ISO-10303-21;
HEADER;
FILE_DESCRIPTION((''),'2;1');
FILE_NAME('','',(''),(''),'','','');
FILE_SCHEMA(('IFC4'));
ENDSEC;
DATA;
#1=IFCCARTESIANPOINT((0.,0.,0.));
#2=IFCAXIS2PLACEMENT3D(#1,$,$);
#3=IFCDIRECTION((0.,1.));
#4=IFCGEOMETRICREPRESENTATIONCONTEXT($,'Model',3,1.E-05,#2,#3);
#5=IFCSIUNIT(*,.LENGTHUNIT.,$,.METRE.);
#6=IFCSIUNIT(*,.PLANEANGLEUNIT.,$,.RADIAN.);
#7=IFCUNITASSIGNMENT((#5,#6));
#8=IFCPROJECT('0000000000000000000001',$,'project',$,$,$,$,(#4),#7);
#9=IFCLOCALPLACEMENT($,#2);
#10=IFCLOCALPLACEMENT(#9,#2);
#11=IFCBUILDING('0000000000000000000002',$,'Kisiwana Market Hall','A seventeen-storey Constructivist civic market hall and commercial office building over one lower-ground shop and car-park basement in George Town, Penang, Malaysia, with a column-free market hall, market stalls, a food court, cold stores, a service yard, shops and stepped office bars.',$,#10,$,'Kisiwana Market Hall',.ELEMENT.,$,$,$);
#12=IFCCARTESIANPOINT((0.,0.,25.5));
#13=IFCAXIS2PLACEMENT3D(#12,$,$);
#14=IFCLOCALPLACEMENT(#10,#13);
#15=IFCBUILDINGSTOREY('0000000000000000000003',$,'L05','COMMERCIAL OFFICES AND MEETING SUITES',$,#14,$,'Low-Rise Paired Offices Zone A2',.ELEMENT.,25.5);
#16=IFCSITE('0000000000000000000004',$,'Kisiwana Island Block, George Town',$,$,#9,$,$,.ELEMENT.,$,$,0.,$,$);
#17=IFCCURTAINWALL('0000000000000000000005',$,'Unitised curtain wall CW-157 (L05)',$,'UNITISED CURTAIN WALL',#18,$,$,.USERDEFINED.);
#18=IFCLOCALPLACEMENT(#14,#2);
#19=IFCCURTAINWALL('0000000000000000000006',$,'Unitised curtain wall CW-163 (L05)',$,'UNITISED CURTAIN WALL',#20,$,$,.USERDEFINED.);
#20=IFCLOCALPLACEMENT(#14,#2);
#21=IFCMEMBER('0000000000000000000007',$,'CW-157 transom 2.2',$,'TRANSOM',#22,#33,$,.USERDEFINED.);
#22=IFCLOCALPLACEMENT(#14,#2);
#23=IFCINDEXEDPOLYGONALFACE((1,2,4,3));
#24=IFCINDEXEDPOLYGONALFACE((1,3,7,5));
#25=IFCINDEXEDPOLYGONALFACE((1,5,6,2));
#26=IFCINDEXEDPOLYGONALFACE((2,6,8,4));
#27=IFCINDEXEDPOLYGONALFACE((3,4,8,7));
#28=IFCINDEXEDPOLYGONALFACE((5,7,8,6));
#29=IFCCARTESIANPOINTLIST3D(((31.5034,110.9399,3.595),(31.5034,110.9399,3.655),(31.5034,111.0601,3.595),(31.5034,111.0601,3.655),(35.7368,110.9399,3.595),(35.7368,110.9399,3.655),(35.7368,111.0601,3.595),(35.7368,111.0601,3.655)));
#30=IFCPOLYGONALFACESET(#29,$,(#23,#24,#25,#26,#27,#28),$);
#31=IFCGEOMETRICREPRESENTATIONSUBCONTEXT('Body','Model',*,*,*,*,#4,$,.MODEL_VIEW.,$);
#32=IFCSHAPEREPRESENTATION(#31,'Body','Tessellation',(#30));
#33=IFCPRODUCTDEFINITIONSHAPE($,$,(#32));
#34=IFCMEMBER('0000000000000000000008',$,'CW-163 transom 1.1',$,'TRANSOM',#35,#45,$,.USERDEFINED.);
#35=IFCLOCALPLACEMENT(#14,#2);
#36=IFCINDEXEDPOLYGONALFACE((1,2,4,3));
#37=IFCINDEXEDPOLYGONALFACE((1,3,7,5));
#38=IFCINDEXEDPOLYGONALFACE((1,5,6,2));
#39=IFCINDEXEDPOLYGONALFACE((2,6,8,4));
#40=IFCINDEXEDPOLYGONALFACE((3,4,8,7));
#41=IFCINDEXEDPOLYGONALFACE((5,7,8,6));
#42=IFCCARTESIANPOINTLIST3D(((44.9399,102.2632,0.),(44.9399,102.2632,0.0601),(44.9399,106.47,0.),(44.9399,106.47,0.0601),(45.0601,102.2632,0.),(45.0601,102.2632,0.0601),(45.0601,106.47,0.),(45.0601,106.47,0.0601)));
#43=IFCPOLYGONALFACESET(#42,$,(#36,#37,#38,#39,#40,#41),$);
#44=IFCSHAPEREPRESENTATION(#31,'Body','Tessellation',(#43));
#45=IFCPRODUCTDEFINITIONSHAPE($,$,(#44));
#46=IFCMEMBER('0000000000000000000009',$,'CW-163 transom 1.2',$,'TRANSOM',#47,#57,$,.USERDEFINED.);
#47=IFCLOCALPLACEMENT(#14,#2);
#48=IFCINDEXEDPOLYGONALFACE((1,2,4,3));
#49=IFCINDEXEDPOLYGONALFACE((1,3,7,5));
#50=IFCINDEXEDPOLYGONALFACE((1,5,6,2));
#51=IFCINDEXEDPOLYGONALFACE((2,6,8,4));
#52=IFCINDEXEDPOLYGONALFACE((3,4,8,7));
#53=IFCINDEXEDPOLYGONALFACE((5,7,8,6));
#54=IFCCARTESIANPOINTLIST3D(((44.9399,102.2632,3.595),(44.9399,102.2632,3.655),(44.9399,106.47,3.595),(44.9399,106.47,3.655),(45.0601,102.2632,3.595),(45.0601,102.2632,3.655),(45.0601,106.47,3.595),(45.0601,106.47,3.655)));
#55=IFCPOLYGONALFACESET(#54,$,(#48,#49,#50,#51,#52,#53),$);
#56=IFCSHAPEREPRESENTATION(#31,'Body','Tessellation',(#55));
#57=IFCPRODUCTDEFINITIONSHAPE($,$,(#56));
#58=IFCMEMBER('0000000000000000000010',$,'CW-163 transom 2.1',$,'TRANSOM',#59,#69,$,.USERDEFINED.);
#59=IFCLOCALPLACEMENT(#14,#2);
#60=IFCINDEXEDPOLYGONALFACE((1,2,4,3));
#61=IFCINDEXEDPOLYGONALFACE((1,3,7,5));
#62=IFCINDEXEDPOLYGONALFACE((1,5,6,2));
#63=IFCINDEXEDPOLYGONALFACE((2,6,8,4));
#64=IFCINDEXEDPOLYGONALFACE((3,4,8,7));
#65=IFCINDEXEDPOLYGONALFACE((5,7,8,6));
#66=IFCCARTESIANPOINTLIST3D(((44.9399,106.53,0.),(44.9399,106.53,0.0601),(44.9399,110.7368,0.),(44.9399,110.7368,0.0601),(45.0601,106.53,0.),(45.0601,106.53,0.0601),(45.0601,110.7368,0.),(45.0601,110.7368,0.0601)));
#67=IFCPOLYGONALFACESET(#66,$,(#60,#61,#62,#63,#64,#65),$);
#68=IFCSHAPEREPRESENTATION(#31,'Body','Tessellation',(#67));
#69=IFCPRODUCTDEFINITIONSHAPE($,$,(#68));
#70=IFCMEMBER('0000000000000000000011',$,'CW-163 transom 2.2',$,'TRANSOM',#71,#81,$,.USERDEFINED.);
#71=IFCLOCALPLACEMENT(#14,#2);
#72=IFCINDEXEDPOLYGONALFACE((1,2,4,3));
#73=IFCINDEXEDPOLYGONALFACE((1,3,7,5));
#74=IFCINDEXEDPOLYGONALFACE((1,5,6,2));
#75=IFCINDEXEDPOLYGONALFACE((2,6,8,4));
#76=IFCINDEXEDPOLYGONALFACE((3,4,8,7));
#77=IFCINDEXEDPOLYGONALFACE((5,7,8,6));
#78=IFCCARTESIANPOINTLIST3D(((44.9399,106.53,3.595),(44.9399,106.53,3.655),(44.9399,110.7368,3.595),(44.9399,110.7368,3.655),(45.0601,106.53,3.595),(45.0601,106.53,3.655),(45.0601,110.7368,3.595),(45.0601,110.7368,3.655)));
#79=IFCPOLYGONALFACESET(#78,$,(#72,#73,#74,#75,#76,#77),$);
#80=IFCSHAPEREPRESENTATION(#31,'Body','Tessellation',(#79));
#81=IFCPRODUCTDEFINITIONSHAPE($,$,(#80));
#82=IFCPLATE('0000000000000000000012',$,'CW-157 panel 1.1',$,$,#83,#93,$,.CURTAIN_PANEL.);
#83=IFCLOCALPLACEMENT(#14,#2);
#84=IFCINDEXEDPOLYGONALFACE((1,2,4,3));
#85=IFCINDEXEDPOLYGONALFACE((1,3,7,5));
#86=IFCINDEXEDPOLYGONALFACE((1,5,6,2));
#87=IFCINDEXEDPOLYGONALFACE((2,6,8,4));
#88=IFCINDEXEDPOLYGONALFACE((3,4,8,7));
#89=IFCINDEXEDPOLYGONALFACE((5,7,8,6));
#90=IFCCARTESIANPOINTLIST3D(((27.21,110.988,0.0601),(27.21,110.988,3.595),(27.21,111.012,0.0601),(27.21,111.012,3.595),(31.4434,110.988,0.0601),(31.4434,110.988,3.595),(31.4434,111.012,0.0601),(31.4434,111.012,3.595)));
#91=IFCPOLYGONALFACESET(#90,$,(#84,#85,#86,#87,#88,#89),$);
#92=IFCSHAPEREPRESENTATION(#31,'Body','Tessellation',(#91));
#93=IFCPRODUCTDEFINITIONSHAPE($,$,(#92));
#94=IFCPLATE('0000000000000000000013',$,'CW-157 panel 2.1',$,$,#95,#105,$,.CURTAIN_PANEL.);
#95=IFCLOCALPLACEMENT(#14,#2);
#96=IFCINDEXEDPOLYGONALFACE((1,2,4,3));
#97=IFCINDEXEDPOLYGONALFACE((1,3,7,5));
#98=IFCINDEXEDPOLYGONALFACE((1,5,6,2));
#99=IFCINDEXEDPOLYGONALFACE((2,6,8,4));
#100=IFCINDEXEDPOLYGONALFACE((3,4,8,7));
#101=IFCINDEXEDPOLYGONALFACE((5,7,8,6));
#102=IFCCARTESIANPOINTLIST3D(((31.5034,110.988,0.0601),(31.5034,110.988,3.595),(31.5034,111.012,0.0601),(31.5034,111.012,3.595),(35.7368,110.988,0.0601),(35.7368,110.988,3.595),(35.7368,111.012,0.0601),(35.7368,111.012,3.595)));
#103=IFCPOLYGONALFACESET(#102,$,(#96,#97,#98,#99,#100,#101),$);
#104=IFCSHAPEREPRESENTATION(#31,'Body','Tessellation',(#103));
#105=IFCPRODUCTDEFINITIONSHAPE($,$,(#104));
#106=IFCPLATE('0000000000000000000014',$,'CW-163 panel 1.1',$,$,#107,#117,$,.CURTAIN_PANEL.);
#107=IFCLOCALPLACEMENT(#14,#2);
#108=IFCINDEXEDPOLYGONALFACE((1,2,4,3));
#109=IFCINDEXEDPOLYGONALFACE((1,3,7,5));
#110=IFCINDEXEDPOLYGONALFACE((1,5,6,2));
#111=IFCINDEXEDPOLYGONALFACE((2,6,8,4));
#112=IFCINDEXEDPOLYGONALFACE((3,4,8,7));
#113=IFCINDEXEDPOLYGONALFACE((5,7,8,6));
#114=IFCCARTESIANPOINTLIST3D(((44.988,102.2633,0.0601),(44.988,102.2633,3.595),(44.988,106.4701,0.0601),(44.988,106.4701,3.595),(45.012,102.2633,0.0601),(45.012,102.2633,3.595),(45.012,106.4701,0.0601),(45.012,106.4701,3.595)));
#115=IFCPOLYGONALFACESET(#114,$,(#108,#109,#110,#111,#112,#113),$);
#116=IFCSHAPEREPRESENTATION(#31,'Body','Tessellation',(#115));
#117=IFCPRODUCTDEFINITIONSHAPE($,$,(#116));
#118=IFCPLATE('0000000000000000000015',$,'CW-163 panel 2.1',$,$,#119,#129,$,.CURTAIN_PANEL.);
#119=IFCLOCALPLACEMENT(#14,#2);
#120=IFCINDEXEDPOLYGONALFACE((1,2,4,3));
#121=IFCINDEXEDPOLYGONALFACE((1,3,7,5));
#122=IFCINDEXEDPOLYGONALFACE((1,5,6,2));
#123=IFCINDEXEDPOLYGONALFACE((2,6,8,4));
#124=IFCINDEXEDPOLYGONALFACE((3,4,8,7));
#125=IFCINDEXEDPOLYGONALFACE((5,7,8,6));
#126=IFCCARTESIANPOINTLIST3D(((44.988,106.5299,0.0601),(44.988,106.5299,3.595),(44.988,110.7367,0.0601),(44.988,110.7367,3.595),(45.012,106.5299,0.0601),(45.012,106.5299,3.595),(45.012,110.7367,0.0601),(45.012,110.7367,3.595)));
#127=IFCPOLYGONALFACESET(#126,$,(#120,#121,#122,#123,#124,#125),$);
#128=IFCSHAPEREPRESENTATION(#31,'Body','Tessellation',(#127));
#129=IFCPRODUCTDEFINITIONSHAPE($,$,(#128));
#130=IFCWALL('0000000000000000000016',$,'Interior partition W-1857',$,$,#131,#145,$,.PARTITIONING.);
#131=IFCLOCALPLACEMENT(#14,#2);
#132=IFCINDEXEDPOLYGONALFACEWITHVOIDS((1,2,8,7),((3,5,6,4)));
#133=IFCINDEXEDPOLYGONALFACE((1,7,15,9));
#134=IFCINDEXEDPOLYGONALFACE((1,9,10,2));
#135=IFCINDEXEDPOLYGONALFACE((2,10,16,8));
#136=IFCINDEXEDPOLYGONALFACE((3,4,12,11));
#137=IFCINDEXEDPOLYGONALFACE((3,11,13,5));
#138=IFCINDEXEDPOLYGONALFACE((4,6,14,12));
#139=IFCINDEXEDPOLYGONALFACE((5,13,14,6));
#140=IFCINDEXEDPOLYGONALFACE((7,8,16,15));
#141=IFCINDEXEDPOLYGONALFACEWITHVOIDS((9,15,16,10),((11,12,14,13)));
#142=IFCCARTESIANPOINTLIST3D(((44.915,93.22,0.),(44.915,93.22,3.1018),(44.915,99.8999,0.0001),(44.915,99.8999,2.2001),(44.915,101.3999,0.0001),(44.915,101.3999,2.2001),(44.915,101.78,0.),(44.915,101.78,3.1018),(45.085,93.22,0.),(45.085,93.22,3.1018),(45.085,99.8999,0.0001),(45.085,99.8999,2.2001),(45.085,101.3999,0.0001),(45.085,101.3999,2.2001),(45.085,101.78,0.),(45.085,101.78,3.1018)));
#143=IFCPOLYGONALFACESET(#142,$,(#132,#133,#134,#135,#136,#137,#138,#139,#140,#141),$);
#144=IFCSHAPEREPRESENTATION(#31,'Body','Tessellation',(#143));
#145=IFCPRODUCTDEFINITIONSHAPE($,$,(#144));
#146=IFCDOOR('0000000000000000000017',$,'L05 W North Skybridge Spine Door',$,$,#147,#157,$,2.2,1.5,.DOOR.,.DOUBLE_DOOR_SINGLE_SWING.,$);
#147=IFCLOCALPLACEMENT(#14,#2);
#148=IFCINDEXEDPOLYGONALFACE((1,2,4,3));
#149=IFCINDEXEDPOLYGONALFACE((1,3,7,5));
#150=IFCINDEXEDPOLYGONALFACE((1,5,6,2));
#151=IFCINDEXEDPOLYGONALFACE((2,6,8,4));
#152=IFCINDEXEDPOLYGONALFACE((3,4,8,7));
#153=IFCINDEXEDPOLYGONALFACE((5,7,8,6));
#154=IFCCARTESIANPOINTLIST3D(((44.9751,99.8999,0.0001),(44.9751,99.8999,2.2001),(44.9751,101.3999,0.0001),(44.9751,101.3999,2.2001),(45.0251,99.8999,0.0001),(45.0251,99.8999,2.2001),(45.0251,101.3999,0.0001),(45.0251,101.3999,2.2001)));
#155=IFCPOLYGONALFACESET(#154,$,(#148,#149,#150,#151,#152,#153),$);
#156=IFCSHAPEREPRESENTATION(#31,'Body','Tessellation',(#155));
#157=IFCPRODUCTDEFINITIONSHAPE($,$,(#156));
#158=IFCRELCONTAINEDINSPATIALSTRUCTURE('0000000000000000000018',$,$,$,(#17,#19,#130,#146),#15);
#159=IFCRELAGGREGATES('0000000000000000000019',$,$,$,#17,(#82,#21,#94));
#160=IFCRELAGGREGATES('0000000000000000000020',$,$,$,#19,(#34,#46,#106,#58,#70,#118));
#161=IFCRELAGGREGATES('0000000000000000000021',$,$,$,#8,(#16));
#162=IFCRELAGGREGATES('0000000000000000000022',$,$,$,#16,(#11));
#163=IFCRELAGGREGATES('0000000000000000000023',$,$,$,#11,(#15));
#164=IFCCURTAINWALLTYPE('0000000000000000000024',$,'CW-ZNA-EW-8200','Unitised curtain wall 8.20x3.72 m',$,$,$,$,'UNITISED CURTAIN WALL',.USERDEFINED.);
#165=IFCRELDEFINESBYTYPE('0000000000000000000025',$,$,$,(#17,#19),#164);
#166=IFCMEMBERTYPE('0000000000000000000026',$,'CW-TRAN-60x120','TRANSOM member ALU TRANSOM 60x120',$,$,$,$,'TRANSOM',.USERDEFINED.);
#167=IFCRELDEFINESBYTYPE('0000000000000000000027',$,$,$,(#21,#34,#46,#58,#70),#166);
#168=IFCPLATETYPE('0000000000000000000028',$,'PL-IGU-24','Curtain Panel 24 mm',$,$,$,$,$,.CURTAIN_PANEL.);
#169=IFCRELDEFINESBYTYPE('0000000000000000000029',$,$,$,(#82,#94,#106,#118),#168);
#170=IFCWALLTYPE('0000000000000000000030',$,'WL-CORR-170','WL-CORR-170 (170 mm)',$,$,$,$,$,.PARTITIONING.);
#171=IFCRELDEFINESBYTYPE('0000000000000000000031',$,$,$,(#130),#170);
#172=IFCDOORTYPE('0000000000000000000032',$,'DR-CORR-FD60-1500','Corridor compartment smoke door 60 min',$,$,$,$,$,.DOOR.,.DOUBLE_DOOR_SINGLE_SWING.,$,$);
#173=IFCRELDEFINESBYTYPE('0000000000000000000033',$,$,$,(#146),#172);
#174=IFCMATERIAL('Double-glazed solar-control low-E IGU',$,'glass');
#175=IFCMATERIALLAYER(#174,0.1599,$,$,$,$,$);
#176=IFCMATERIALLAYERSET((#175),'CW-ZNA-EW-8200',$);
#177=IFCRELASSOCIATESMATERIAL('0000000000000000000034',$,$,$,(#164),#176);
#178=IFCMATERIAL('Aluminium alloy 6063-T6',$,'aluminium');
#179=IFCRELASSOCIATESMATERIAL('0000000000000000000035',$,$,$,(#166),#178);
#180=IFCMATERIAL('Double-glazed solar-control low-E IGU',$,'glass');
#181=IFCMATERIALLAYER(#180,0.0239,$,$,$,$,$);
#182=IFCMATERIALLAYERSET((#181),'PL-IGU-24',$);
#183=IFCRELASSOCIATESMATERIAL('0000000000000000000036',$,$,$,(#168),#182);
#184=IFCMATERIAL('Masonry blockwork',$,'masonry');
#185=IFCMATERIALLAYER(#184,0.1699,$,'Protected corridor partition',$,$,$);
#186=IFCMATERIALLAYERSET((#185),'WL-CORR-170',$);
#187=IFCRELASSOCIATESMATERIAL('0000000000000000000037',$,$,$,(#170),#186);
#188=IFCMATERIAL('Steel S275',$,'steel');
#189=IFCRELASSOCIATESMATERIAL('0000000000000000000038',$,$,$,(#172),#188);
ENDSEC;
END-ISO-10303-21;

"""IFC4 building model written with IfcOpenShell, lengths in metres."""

from ifc_helpers import new_model, si_unit, direction, frame, frame_2d, origin, origin_2d, place, context, subcontext, project, spatial, rectangle, extrude, material, layer, layer_set, material_profile, profile_set, type_object, element, fill, aggregate, save


model = new_model("IFC4")

# Units and contexts
model_context = context("Model", 3, precision=1e-05, world=origin(), true_north=direction((0.0, 1.0)))
body_context = subcontext(model_context, "Body", "Model", "MODEL_VIEW")
ifc_project = project(units=[si_unit("LENGTHUNIT", "METRE"), si_unit("PLANEANGLEUNIT", "RADIAN")], contexts=[model_context])

# Site, building, storey
site_placement = place(None, origin())
site = spatial("IfcSite", under=ifc_project, at=site_placement, Name="Kisiwana Island Block, George Town", CompositionType="ELEMENT", RefElevation=0.0)
building_placement = place(site_placement, origin())
building = spatial("IfcBuilding", under=site, at=building_placement, Name="Kisiwana Market Hall", Description="A seventeen-storey Constructivist civic market hall and commercial office building over one lower-ground shop and car-park basement in George Town, Penang, Malaysia, with a column-free market hall, market stalls, a food court, cold stores, a service yard, shops and stepped office bars.", LongName="Kisiwana Market Hall", CompositionType="ELEMENT")
storey_placement = place(building_placement, frame((0.0, 0.0, 25.5)))
storey = spatial("IfcBuildingStorey", under=building, at=storey_placement, Name="L05", Description="COMMERCIAL OFFICES AND MEETING SUITES", LongName="Low-Rise Paired Offices Zone A2", CompositionType="ELEMENT", Elevation=25.5)

# Curtain walls
ifc_material_1 = material(Name="Double-glazed solar-control low-E IGU", Category="glass")
ifc_layer_1 = layer(ifc_material_1, 0.1599)
ifc_layer_set_1 = layer_set([ifc_layer_1], Name="CW-ZNA-EW-8200")
curtain_wall_type = type_object("IfcCurtainWallType", Name="CW-ZNA-EW-8200", Description="Unitised curtain wall 8.20x3.72 m", ElementType="UNITISED CURTAIN WALL", PredefinedType="USERDEFINED", material=ifc_layer_set_1)
curtain_wall_1_placement = place(storey_placement, origin())
curtain_wall_1 = element("IfcCurtainWall", 1, at=curtain_wall_1_placement, inside=storey, type_object=curtain_wall_type, Name="Unitised curtain wall CW-157 (L05)", ObjectType="UNITISED CURTAIN WALL", PredefinedType="USERDEFINED")
curtain_wall_2_placement = place(storey_placement, origin())
curtain_wall_2 = element("IfcCurtainWall", 2, at=curtain_wall_2_placement, inside=storey, type_object=curtain_wall_type, Name="Unitised curtain wall CW-163 (L05)", ObjectType="UNITISED CURTAIN WALL", PredefinedType="USERDEFINED")

# Members
ifc_material_2 = material(Name="Aluminium alloy 6063-T6", Category="aluminium")
ifc_material_profile_1 = material_profile(ifc_material_2, rectangle(XDim=0.1201, YDim=0.0601, at=origin_2d()), Name="ALU TRANSOM 60x120")
ifc_profile_set_1 = profile_set([ifc_material_profile_1], Name="Aluminium alloy 6063-T6")
member_type_1 = type_object("IfcMemberType", Name="CW-TRAN-60x120", Description="TRANSOM member ALU TRANSOM 60x120", ElementType="TRANSOM", PredefinedType="USERDEFINED", material=ifc_profile_set_1)
member_1_placement = place(storey_placement, frame((31.5034, 111.0, 3.625), z_axis=(1.0, 0.0, 0.0), x_axis=(0.0, 1.0, 0.0)))
member_1 = element("IfcMember", 3, at=member_1_placement, type_object=member_type_1, Name="CW-157 transom 2.2", ObjectType="TRANSOM", PredefinedType="USERDEFINED", context=body_context, shape_type="SweptSolid", body=[
    extrude(rectangle(XDim=0.1201, YDim=0.0601, at=origin_2d()), origin(), (0.0, 0.0, 1.0), 4.2334),
])
member_2_placement = place(storey_placement, frame((45.0, 102.2632, 0.03), z_axis=(0.0, 1.0, 0.0), x_axis=(-1.0, 0.0, 0.0)))
member_2 = element("IfcMember", 4, at=member_2_placement, type_object=member_type_1, Name="CW-163 transom 1.1", ObjectType="TRANSOM", PredefinedType="USERDEFINED", context=body_context, shape_type="SweptSolid", body=[
    extrude(rectangle(XDim=0.1201, YDim=0.0601, at=origin_2d()), origin(), (0.0, 0.0, 1.0), 4.2068),
])
member_3_placement = place(storey_placement, frame((45.0, 102.2632, 3.625), z_axis=(0.0, 1.0, 0.0), x_axis=(-1.0, 0.0, 0.0)))
member_3 = element("IfcMember", 5, at=member_3_placement, type_object=member_type_1, Name="CW-163 transom 1.2", ObjectType="TRANSOM", PredefinedType="USERDEFINED", context=body_context, shape_type="SweptSolid", body=[
    extrude(rectangle(XDim=0.1201, YDim=0.0601, at=origin_2d()), origin(), (0.0, 0.0, 1.0), 4.2068),
])
member_4_placement = place(storey_placement, frame((45.0, 106.53, 0.03), z_axis=(0.0, 1.0, 0.0), x_axis=(-1.0, 0.0, 0.0)))
member_4 = element("IfcMember", 6, at=member_4_placement, type_object=member_type_1, Name="CW-163 transom 2.1", ObjectType="TRANSOM", PredefinedType="USERDEFINED", context=body_context, shape_type="SweptSolid", body=[
    extrude(rectangle(XDim=0.1201, YDim=0.0601, at=origin_2d()), origin(), (0.0, 0.0, 1.0), 4.2068),
])
member_5_placement = place(storey_placement, frame((45.0, 106.53, 3.625), z_axis=(0.0, 1.0, 0.0), x_axis=(-1.0, 0.0, 0.0)))
member_5 = element("IfcMember", 7, at=member_5_placement, type_object=member_type_1, Name="CW-163 transom 2.2", ObjectType="TRANSOM", PredefinedType="USERDEFINED", context=body_context, shape_type="SweptSolid", body=[
    extrude(rectangle(XDim=0.1201, YDim=0.0601, at=origin_2d()), origin(), (0.0, 0.0, 1.0), 4.2068),
])

# Plates
ifc_material_3 = material(Name="Double-glazed solar-control low-E IGU", Category="glass")
ifc_layer_2 = layer(ifc_material_3, 0.0239)
ifc_layer_set_2 = layer_set([ifc_layer_2], Name="PL-IGU-24")
plate_type = type_object("IfcPlateType", Name="PL-IGU-24", Description="Curtain Panel 24 mm", PredefinedType="CURTAIN_PANEL", material=ifc_layer_set_2)
plate_1_placement = place(storey_placement, frame((29.3267, 111.0, 0.0601), z_axis=(0.0, 0.0, 1.0), x_axis=(1.0, 0.0, 0.0)))
plate_1 = element("IfcPlate", 8, at=plate_1_placement, type_object=plate_type, Name="CW-157 panel 1.1", PredefinedType="CURTAIN_PANEL", context=body_context, shape_type="SweptSolid", body=[
    extrude(rectangle(XDim=4.2334, YDim=0.0239, at=origin_2d()), origin(), (0.0, 0.0, 1.0), 3.5349),
])
plate_2_placement = place(storey_placement, frame((33.6201, 111.0, 0.0601), z_axis=(0.0, 0.0, 1.0), x_axis=(1.0, 0.0, 0.0)))
plate_2 = element("IfcPlate", 9, at=plate_2_placement, type_object=plate_type, Name="CW-157 panel 2.1", PredefinedType="CURTAIN_PANEL", context=body_context, shape_type="SweptSolid", body=[
    extrude(rectangle(XDim=4.2334, YDim=0.0239, at=origin_2d()), origin(), (0.0, 0.0, 1.0), 3.5349),
])
aggregate(curtain_wall_1, [plate_1, member_1, plate_2])
plate_3_placement = place(storey_placement, frame((45.0, 104.3667, 0.0601), z_axis=(0.0, 0.0, 1.0), x_axis=(0.0, 1.0, 0.0)))
plate_3 = element("IfcPlate", 10, at=plate_3_placement, type_object=plate_type, Name="CW-163 panel 1.1", PredefinedType="CURTAIN_PANEL", context=body_context, shape_type="SweptSolid", body=[
    extrude(rectangle(XDim=4.2068, YDim=0.0239, at=origin_2d()), origin(), (0.0, 0.0, 1.0), 3.5349),
])
plate_4_placement = place(storey_placement, frame((45.0, 108.6333, 0.0601), z_axis=(0.0, 0.0, 1.0), x_axis=(0.0, 1.0, 0.0)))
plate_4 = element("IfcPlate", 11, at=plate_4_placement, type_object=plate_type, Name="CW-163 panel 2.1", PredefinedType="CURTAIN_PANEL", context=body_context, shape_type="SweptSolid", body=[
    extrude(rectangle(XDim=4.2068, YDim=0.0239, at=origin_2d()), origin(), (0.0, 0.0, 1.0), 3.5349),
])
aggregate(curtain_wall_2, [member_2, member_3, plate_3, member_4, member_5, plate_4])

# Wall, opening, door
ifc_material_4 = material(Name="Masonry blockwork", Category="masonry")
ifc_layer_3 = layer(ifc_material_4, 0.1699, Name="Protected corridor partition")
ifc_layer_set_3 = layer_set([ifc_layer_3], Name="WL-CORR-170")
wall_type_1 = type_object("IfcWallType", Name="WL-CORR-170", Description="WL-CORR-170 (170 mm)", PredefinedType="PARTITIONING", material=ifc_layer_set_3)
wall_1_placement = place(storey_placement, frame((45.0, 93.22, 0.0), z_axis=(0.0, 0.0, 1.0), x_axis=(0.0, 1.0, 0.0)))
wall_1 = element("IfcWall", 12, at=wall_1_placement, inside=storey, type_object=wall_type_1, Name="Interior partition W-1857", PredefinedType="PARTITIONING", context=body_context, shape_type="SweptSolid", body=[
    extrude(rectangle(XDim=8.5601, YDim=0.1699, at=frame_2d((4.28, 0.0))), origin(), (0.0, 0.0, 1.0), 3.1018),
])
opening_1_placement = place(wall_1_placement, frame((6.6799, 0.0, 0.0)))
opening_1 = element("IfcOpeningElement", 13, at=opening_1_placement, cuts=wall_1, PredefinedType="OPENING", context=body_context, shape_type="SweptSolid", body=[
    extrude(rectangle(XDim=1.5, YDim=2.2, at=frame_2d((0.75, 1.1001))), frame((0.0, 0.0969, 0.0), z_axis=(0.0, -1.0, 0.0), x_axis=(1.0, 0.0, 0.0)), (0.0, 0.0, 1.0), 0.1938),
])
ifc_material_5 = material(Name="Steel S275", Category="steel")
door_type = type_object("IfcDoorType", Name="DR-CORR-FD60-1500", Description="Corridor compartment smoke door 60 min", OperationType="DOUBLE_DOOR_SINGLE_SWING", PredefinedType="DOOR", material=ifc_material_5)
door_placement = place(opening_1_placement, origin())
door = element("IfcDoor", 14, at=door_placement, inside=storey, type_object=door_type, Name="L05 W North Skybridge Spine Door", OperationType="DOUBLE_DOOR_SINGLE_SWING", OverallHeight=2.2, OverallWidth=1.5, PredefinedType="DOOR", context=body_context, shape_type="SweptSolid", body=[
    extrude(rectangle(XDim=1.5, YDim=2.2, at=frame_2d((0.75, 1.1001))), frame((0.0, 0.0249, 0.0), z_axis=(0.0, -1.0, 0.0), x_axis=(1.0, 0.0, 0.0)), (0.0, 0.0, 1.0), 0.05),
])
fill(opening_1, door)

save(model, "model.ifc")
